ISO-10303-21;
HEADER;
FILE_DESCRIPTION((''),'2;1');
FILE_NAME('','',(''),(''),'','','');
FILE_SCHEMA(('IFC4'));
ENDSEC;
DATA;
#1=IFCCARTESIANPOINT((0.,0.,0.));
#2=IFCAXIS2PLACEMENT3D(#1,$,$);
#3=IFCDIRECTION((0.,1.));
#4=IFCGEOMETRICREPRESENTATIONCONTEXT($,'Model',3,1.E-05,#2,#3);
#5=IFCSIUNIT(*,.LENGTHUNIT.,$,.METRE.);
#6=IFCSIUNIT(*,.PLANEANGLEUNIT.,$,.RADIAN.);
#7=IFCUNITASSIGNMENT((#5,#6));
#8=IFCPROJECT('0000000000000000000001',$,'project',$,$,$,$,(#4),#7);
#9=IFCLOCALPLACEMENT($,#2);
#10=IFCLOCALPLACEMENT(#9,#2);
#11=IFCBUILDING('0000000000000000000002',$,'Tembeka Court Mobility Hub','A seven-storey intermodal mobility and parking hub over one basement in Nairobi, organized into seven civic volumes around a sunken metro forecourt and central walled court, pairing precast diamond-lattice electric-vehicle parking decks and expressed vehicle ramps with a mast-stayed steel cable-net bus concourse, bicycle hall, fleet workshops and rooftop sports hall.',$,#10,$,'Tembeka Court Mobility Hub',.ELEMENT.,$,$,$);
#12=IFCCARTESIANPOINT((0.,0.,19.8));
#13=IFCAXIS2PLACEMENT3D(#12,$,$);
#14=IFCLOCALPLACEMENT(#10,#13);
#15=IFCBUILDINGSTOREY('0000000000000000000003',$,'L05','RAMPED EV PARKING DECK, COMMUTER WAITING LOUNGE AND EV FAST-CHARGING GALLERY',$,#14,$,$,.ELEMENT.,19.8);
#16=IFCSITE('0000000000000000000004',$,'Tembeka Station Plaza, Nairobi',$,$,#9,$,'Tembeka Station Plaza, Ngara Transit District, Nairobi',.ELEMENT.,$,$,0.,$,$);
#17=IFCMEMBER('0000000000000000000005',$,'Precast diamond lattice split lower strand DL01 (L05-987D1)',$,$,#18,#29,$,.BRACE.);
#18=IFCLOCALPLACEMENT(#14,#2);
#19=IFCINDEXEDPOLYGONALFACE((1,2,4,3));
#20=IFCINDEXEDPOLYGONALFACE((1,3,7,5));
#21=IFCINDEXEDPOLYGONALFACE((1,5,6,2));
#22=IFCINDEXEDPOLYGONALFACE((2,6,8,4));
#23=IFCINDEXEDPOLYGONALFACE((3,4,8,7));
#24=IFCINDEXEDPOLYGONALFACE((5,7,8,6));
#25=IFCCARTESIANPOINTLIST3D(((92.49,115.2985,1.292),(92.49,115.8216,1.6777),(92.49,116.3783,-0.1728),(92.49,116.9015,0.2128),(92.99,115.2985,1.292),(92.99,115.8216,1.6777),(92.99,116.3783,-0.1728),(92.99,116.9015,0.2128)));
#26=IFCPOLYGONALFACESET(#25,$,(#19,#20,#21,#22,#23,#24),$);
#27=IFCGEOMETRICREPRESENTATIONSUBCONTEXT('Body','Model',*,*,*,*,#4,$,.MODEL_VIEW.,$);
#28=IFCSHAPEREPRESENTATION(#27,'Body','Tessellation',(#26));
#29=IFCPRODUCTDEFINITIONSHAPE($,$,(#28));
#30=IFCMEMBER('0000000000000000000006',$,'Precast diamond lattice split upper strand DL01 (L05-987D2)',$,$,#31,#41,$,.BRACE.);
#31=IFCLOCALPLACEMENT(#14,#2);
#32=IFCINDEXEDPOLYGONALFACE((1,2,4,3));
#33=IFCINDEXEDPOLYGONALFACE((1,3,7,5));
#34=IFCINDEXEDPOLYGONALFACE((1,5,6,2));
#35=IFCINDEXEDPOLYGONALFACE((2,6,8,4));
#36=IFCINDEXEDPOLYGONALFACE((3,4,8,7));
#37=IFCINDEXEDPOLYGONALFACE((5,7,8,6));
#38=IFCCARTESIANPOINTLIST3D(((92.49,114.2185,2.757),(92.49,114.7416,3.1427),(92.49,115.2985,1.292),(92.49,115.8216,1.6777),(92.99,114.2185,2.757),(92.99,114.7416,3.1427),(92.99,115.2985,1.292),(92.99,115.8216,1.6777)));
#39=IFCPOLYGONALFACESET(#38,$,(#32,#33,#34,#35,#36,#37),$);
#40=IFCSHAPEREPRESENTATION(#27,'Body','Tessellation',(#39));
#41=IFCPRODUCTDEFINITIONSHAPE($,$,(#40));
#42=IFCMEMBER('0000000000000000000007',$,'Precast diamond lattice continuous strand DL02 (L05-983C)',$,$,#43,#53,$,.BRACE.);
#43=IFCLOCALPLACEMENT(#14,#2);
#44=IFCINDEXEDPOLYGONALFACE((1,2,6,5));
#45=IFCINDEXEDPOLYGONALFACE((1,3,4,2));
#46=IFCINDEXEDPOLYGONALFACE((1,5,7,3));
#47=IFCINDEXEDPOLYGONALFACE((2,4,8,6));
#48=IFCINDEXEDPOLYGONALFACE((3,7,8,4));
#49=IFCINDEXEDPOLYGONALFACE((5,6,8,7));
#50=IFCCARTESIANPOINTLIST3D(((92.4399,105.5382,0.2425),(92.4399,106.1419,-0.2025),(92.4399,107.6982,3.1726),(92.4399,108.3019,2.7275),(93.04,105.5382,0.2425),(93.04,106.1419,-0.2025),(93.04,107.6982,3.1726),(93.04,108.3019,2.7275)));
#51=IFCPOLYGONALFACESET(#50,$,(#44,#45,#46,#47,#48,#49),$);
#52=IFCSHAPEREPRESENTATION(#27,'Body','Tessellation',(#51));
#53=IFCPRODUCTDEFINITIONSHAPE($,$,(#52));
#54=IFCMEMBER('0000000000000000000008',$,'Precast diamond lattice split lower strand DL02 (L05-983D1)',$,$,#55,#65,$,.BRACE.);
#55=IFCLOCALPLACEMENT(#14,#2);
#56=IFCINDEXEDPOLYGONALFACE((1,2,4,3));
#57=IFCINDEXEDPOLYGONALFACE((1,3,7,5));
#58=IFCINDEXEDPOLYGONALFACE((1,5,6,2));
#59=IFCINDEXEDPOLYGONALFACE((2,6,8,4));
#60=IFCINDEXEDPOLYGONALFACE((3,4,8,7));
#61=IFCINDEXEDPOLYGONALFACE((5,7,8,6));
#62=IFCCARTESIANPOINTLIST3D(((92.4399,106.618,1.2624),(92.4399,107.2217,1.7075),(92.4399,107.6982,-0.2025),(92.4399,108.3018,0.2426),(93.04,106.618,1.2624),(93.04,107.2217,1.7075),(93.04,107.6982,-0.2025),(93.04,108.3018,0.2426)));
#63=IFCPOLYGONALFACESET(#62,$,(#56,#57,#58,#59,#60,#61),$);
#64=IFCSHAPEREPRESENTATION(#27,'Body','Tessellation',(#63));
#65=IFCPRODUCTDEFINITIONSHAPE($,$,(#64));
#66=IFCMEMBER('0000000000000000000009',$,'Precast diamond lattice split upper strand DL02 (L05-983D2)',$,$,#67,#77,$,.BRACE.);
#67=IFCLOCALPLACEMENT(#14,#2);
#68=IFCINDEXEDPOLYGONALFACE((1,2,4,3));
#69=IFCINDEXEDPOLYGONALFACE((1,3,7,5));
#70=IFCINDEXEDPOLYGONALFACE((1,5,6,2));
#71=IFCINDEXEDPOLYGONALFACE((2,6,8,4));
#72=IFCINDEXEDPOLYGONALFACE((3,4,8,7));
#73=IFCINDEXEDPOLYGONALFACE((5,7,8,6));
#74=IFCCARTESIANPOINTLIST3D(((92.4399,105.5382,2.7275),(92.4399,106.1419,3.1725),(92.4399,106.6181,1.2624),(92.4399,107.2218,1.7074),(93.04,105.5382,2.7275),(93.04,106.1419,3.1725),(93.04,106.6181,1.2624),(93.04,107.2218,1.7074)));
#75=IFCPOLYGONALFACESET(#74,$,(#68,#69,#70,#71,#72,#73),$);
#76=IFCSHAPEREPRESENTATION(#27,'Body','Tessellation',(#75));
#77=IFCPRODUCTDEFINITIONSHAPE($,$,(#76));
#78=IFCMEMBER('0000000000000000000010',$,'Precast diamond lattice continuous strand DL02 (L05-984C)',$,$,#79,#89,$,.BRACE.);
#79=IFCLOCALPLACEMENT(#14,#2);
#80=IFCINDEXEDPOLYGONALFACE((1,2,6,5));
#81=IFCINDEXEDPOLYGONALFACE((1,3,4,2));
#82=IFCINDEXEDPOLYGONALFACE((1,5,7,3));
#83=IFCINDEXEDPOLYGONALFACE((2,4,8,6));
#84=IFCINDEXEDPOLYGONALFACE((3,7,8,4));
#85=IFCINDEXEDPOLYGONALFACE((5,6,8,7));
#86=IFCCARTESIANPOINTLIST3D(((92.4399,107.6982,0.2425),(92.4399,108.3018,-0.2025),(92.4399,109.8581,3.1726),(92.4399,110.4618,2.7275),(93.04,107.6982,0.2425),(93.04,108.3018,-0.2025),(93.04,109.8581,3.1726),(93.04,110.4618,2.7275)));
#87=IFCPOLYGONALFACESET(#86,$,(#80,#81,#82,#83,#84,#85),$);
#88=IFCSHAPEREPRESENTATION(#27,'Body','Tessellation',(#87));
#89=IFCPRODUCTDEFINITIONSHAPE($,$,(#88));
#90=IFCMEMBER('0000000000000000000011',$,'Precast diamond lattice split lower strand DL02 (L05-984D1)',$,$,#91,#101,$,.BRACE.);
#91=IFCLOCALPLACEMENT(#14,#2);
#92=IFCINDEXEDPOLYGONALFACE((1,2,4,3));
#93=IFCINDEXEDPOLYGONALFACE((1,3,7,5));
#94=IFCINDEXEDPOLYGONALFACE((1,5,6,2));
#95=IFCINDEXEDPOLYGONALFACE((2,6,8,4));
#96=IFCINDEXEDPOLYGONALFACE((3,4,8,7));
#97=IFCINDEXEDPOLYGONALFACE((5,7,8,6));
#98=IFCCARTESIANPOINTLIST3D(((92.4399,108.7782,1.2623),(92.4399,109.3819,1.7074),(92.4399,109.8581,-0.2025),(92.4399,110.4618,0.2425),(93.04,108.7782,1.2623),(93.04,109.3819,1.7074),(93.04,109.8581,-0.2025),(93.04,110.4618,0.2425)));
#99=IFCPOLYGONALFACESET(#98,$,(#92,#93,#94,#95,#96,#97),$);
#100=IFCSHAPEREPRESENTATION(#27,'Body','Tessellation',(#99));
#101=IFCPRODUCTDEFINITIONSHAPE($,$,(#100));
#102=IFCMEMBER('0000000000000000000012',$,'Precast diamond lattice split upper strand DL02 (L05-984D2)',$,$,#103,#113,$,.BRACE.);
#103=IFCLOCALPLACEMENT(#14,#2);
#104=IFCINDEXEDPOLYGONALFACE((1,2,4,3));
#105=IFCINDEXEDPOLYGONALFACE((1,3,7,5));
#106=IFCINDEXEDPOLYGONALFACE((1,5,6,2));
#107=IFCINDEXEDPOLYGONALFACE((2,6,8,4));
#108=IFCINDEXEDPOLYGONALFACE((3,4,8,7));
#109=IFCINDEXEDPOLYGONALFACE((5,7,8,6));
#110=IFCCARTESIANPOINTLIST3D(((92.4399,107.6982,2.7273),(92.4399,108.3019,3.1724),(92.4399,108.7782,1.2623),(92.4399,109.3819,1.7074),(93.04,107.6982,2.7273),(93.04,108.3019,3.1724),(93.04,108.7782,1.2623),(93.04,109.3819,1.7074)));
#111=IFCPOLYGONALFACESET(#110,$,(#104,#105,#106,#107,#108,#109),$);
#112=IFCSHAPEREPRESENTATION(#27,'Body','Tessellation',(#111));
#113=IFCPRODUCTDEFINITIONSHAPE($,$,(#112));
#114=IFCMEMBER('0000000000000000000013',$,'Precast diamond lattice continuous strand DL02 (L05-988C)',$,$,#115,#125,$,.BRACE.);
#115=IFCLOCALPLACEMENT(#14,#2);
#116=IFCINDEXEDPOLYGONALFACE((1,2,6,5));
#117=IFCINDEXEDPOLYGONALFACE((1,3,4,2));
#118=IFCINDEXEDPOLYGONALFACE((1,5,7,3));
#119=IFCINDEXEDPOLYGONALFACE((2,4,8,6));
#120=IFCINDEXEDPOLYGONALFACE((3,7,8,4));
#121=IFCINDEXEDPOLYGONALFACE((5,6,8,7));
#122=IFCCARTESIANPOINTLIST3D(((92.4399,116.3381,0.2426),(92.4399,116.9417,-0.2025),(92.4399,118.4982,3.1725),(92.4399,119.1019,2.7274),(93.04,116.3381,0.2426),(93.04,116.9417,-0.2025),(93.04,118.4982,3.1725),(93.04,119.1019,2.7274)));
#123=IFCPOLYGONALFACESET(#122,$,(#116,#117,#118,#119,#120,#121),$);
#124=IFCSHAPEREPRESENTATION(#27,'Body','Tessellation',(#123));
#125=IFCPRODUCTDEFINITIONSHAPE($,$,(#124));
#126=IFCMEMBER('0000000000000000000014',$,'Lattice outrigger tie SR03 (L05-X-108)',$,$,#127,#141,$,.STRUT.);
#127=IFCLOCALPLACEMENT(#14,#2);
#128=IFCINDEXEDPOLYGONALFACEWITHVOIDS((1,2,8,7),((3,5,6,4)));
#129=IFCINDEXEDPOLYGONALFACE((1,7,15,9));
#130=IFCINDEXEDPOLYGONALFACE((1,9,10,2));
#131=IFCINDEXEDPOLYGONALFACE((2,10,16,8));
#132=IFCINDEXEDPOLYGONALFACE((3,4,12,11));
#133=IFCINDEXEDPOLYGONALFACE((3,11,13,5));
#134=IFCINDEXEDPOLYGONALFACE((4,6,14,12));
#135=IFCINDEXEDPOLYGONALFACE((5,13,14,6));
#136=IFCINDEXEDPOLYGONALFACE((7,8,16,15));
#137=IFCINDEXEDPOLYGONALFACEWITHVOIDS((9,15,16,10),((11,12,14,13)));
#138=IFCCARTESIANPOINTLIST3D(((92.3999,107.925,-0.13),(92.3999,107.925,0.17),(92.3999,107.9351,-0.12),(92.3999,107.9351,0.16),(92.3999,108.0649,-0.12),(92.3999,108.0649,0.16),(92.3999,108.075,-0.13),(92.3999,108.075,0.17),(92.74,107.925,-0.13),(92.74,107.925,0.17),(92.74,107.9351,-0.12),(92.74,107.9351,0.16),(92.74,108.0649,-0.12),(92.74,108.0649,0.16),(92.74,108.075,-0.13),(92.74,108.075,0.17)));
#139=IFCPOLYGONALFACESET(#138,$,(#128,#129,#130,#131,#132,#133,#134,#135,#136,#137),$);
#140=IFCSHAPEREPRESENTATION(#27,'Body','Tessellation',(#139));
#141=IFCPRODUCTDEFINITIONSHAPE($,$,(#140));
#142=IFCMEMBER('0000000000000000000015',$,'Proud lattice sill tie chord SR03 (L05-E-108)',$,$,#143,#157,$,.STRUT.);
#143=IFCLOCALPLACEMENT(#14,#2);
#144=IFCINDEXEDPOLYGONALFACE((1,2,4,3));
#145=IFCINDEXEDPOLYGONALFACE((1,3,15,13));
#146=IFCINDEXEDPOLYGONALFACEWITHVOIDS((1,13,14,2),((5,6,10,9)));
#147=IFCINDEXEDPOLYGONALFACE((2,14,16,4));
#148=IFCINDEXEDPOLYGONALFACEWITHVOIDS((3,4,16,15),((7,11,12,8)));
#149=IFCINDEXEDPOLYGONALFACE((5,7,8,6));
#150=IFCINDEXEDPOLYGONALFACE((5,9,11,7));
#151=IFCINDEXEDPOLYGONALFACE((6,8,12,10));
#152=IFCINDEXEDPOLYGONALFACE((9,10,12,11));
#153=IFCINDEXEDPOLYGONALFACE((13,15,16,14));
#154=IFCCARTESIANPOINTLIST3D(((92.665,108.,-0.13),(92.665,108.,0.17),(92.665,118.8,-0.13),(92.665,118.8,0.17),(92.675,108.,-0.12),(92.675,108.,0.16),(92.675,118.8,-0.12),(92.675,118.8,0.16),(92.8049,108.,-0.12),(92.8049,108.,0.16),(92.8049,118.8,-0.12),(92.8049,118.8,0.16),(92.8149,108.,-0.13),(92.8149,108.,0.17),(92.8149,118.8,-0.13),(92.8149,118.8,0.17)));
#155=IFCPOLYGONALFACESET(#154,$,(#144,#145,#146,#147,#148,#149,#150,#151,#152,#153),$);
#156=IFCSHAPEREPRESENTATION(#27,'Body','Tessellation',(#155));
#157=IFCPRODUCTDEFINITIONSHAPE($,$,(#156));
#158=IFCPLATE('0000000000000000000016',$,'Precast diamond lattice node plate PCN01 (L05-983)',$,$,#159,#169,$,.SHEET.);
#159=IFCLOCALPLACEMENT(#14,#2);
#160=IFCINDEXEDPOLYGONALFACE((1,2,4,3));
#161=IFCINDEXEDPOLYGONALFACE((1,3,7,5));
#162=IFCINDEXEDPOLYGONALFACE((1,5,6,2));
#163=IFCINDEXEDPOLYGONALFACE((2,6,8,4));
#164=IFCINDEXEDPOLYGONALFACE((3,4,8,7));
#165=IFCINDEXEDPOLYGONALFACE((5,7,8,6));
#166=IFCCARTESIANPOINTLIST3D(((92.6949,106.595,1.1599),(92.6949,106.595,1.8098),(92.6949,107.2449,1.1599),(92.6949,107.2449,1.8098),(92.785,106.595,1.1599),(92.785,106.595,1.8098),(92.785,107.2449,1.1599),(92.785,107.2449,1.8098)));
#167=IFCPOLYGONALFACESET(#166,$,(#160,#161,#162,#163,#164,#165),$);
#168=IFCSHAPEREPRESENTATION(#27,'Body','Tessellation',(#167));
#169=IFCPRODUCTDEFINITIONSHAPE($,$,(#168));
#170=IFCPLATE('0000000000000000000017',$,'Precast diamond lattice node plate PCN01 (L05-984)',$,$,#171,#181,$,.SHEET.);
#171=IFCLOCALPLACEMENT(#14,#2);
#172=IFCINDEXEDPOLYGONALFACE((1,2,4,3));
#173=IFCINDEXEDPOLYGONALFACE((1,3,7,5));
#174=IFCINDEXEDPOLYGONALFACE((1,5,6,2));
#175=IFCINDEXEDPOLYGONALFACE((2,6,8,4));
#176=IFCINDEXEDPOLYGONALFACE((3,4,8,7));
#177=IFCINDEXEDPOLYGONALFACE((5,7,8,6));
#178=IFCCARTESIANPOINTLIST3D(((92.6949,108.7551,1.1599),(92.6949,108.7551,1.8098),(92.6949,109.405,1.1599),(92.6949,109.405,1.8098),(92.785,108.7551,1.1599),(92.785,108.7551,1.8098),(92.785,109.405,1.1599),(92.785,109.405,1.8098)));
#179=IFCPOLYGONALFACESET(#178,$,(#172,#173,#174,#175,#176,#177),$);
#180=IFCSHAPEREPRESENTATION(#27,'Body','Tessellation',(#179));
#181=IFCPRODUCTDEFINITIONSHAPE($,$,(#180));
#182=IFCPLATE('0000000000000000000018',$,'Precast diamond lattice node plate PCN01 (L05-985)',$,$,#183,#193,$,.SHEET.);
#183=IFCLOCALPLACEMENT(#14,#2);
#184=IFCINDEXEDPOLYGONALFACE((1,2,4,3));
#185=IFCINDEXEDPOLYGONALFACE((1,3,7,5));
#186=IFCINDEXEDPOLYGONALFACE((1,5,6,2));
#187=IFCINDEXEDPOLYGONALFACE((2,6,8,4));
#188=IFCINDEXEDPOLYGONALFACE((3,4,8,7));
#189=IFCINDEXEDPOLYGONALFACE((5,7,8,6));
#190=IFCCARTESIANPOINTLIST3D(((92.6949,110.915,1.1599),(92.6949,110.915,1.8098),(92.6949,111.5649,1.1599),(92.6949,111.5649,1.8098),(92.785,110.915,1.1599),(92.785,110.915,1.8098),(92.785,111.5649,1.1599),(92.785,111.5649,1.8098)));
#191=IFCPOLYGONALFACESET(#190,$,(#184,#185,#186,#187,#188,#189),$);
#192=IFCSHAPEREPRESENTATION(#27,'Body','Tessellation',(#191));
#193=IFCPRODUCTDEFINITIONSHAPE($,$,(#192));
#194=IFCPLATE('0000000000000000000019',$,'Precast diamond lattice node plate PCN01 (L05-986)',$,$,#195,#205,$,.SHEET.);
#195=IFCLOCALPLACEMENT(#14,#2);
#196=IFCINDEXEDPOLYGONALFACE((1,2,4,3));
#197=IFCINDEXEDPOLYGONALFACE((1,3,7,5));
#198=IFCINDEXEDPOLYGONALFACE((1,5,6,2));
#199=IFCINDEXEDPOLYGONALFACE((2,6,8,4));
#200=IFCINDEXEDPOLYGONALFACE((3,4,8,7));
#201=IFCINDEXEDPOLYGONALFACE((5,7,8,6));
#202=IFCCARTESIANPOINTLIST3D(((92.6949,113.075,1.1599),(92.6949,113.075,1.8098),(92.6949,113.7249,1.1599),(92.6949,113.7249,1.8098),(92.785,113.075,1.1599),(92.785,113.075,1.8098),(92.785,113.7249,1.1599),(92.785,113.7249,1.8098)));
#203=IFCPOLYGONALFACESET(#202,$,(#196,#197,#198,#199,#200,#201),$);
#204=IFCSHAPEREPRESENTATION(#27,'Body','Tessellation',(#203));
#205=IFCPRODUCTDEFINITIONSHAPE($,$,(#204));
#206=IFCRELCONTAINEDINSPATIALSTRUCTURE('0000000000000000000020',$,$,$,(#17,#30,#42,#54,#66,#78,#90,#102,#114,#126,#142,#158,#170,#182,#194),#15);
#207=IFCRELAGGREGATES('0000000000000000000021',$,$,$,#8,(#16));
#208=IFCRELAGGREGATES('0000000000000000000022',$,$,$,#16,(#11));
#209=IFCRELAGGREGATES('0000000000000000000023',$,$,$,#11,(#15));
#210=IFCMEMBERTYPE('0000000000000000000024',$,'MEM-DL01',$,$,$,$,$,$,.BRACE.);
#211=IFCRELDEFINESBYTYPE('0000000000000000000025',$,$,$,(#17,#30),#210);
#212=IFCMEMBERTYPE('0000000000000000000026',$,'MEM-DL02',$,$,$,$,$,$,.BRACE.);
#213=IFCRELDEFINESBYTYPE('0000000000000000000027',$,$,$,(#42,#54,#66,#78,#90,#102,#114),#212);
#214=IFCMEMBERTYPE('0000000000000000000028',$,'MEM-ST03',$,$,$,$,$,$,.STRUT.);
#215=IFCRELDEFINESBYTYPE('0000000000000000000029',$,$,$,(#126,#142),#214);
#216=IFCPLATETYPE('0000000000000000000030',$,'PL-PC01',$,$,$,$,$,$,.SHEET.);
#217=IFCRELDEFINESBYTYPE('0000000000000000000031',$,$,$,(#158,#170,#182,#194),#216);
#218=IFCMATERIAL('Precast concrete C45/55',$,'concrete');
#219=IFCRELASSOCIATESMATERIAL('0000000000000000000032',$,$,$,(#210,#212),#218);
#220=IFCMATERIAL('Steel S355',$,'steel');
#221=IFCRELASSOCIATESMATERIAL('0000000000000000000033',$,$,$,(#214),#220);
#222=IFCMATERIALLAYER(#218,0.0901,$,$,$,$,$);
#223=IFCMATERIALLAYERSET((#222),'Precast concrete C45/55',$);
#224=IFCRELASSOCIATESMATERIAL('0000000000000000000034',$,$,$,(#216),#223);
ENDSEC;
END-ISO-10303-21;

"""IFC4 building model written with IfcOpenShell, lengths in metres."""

from ifc_helpers import new_model, si_unit, direction, frame, origin, origin_2d, place, context, subcontext, project, spatial, rectangle, hollow_rectangle, extrude, material, layer, layer_set, material_profile, profile_set, type_object, element, save


model = new_model("IFC4")

# Units and contexts
model_context = context("Model", 3, precision=1e-05, world=origin(), true_north=direction((0.0, 1.0)))
body_context = subcontext(model_context, "Body", "Model", "MODEL_VIEW")
ifc_project = project(units=[si_unit("LENGTHUNIT", "METRE"), si_unit("PLANEANGLEUNIT", "RADIAN")], contexts=[model_context])

# Site, building, storey
site_placement = place(None, origin())
site = spatial("IfcSite", under=ifc_project, at=site_placement, Name="Tembeka Station Plaza, Nairobi", LongName="Tembeka Station Plaza, Ngara Transit District, Nairobi", CompositionType="ELEMENT", RefElevation=0.0)
building_placement = place(site_placement, origin())
building = spatial("IfcBuilding", under=site, at=building_placement, Name="Tembeka Court Mobility Hub", Description="A seven-storey intermodal mobility and parking hub over one basement in Nairobi, organized into seven civic volumes around a sunken metro forecourt and central walled court, pairing precast diamond-lattice electric-vehicle parking decks and expressed vehicle ramps with a mast-stayed steel cable-net bus concourse, bicycle hall, fleet workshops and rooftop sports hall.", LongName="Tembeka Court Mobility Hub", CompositionType="ELEMENT")
storey_placement = place(building_placement, frame((0.0, 0.0, 19.8)))
storey = spatial("IfcBuildingStorey", under=building, at=storey_placement, Name="L05", Description="RAMPED EV PARKING DECK, COMMUTER WAITING LOUNGE AND EV FAST-CHARGING GALLERY", CompositionType="ELEMENT", Elevation=19.8)

# Shared definitions
ifc_material_1 = material(Name="Steel S355", Category="steel")

# Members
ifc_material_2 = material(Name="Precast concrete C45/55", Category="concrete")
ifc_material_profile_1 = material_profile(ifc_material_2, rectangle(XDim=0.5, YDim=0.6499, at=origin_2d()), Name="PC-DIAG 500x650")
ifc_profile_set_1 = profile_set([ifc_material_profile_1], Name="Precast concrete C45/55")
member_type_1 = type_object("IfcMemberType", Name="MEM-DL01", PredefinedType="BRACE", material=ifc_profile_set_1)
member_1_placement = place(storey_placement, frame((92.74, 116.6399, 0.02), z_axis=(0.0, -0.593368, 0.804931), x_axis=(1.0, 0.0, 0.0)))
element("IfcMember", 1, at=member_1_placement, inside=storey, type_object=member_type_1, Name="Precast diamond lattice split lower strand DL01 (L05-987D1)", PredefinedType="BRACE", context=body_context, shape_type="SweptSolid", body=[
    extrude(rectangle(XDim=0.5, YDim=0.6499, at=origin_2d()), origin(), (0.0, 0.0, 1.0), 1.8198),
])
member_2_placement = place(storey_placement, frame((92.74, 115.5601, 1.4849), z_axis=(0.0, -0.593391, 0.804914), x_axis=(1.0, 0.0, 0.0)))
element("IfcMember", 2, at=member_2_placement, inside=storey, type_object=member_type_1, Name="Precast diamond lattice split upper strand DL01 (L05-987D2)", PredefinedType="BRACE", context=body_context, shape_type="SweptSolid", body=[
    extrude(rectangle(XDim=0.5, YDim=0.6499, at=origin_2d()), origin(), (0.0, 0.0, 1.0), 1.8201),
])
ifc_material_profile_2 = material_profile(ifc_material_2, rectangle(XDim=0.6001, YDim=0.75, at=origin_2d()), Name="PC-DIAG 600x750")
ifc_profile_set_2 = profile_set([ifc_material_profile_2], Name="Precast concrete C45/55")
member_type_2 = type_object("IfcMemberType", Name="MEM-DL02", PredefinedType="BRACE", material=ifc_profile_set_2)
member_3_placement = place(storey_placement, frame((92.74, 105.8401, 0.02), z_axis=(0.0, 0.59338, 0.804923), x_axis=(-1.0, 0.0, 0.0)))
element("IfcMember", 3, at=member_3_placement, inside=storey, type_object=member_type_2, Name="Precast diamond lattice continuous strand DL02 (L05-983C)", PredefinedType="BRACE", context=body_context, shape_type="SweptSolid", body=[
    extrude(rectangle(XDim=0.6001, YDim=0.75, at=origin_2d()), origin(), (0.0, 0.0, 1.0), 3.6401),
])
for number, where, z_axis, x_axis, name in (
    (4, (92.74, 108.0, 0.02), (0.0, -0.593455, 0.804867), (1.0, 0.0, 0.0), "Precast diamond lattice split lower strand DL02 (L05-983D1)"),
    (5, (92.74, 106.9199, 1.4849), (0.0, -0.593304, 0.804978), (1.0, 0.0, 0.0), "Precast diamond lattice split upper strand DL02 (L05-983D2)"),
):
    element("IfcMember", number, at=place(storey_placement, frame(where, z_axis=z_axis, x_axis=x_axis)), inside=storey, type_object=member_type_2, Name=name, PredefinedType="BRACE", context=body_context, shape_type="SweptSolid", body=[
        extrude(rectangle(XDim=0.6001, YDim=0.75, at=origin_2d()), origin(), (0.0, 0.0, 1.0), 1.8201),
    ])
member_4_placement = place(storey_placement, frame((92.74, 108.0, 0.02), z_axis=(0.0, 0.59338, 0.804923), x_axis=(-1.0, 0.0, 0.0)))
element("IfcMember", 6, at=member_4_placement, inside=storey, type_object=member_type_2, Name="Precast diamond lattice continuous strand DL02 (L05-984C)", PredefinedType="BRACE", context=body_context, shape_type="SweptSolid", body=[
    extrude(rectangle(XDim=0.6001, YDim=0.75, at=origin_2d()), origin(), (0.0, 0.0, 1.0), 3.6401),
])
member_5_placement = place(storey_placement, frame((92.74, 110.1599, 0.02), z_axis=(0.0, -0.593368, 0.804931), x_axis=(1.0, 0.0, 0.0)))
element("IfcMember", 7, at=member_5_placement, inside=storey, type_object=member_type_2, Name="Precast diamond lattice split lower strand DL02 (L05-984D1)", PredefinedType="BRACE", context=body_context, shape_type="SweptSolid", body=[
    extrude(rectangle(XDim=0.6001, YDim=0.75, at=origin_2d()), origin(), (0.0, 0.0, 1.0), 1.8198),
])
member_6_placement = place(storey_placement, frame((92.74, 109.0801, 1.4849), z_axis=(0.0, -0.593391, 0.804914), x_axis=(1.0, 0.0, 0.0)))
element("IfcMember", 8, at=member_6_placement, inside=storey, type_object=member_type_2, Name="Precast diamond lattice split upper strand DL02 (L05-984D2)", PredefinedType="BRACE", context=body_context, shape_type="SweptSolid", body=[
    extrude(rectangle(XDim=0.6001, YDim=0.75, at=origin_2d()), origin(), (0.0, 0.0, 1.0), 1.8201),
])
member_7_placement = place(storey_placement, frame((92.74, 116.6399, 0.02), z_axis=(0.0, 0.593423, 0.804891), x_axis=(-1.0, 0.0, 0.0)))
element("IfcMember", 9, at=member_7_placement, inside=storey, type_object=member_type_2, Name="Precast diamond lattice continuous strand DL02 (L05-988C)", PredefinedType="BRACE", context=body_context, shape_type="SweptSolid", body=[
    extrude(rectangle(XDim=0.6001, YDim=0.75, at=origin_2d()), origin(), (0.0, 0.0, 1.0), 3.6401),
])
ifc_material_profile_3 = material_profile(ifc_material_1, hollow_rectangle(XDim=0.1499, YDim=0.3, WallThickness=0.01, at=origin_2d()), Name="RHS 300x150x10")
ifc_profile_set_3 = profile_set([ifc_material_profile_3], Name="Steel S355")
member_type_3 = type_object("IfcMemberType", Name="MEM-ST03", PredefinedType="STRUT", material=ifc_profile_set_3)
member_8_placement = place(storey_placement, frame((92.3999, 108.0, 0.02), z_axis=(1.0, 0.0, 0.0), x_axis=(0.0, 1.0, 0.0)))
element("IfcMember", 10, at=member_8_placement, inside=storey, type_object=member_type_3, Name="Lattice outrigger tie SR03 (L05-X-108)", PredefinedType="STRUT", context=body_context, shape_type="SweptSolid", body=[
    extrude(hollow_rectangle(XDim=0.1499, YDim=0.3, WallThickness=0.01, at=origin_2d()), origin(), (0.0, 0.0, 1.0), 0.3401),
])
member_9_placement = place(storey_placement, frame((92.74, 108.0, 0.02), z_axis=(0.0, 1.0, 0.0), x_axis=(-1.0, 0.0, 0.0)))
element("IfcMember", 11, at=member_9_placement, inside=storey, type_object=member_type_3, Name="Proud lattice sill tie chord SR03 (L05-E-108)", PredefinedType="STRUT", context=body_context, shape_type="SweptSolid", body=[
    extrude(hollow_rectangle(XDim=0.1499, YDim=0.3, WallThickness=0.01, at=origin_2d()), origin(), (0.0, 0.0, 1.0), 10.8),
])

# Plates
ifc_layer = layer(ifc_material_2, 0.0901)
ifc_layer_set = layer_set([ifc_layer], Name="Precast concrete C45/55")
plate_type = type_object("IfcPlateType", Name="PL-PC01", PredefinedType="SHEET", material=ifc_layer_set)
for number, where, z_axis, x_axis, name in (
    (12, (92.74, 106.9199, 1.1599), (0.0, 0.0, 1.0), (1.0, 0.0, 0.0), "Precast diamond lattice node plate PCN01 (L05-983)"),
    (13, (92.74, 109.0801, 1.1599), (0.0, 0.0, 1.0), (1.0, 0.0, 0.0), "Precast diamond lattice node plate PCN01 (L05-984)"),
    (14, (92.74, 111.24, 1.1599), (0.0, 0.0, 1.0), (1.0, 0.0, 0.0), "Precast diamond lattice node plate PCN01 (L05-985)"),
    (15, (92.74, 113.3999, 1.1599), (0.0, 0.0, 1.0), (1.0, 0.0, 0.0), "Precast diamond lattice node plate PCN01 (L05-986)"),
):
    element("IfcPlate", number, at=place(storey_placement, frame(where, z_axis=z_axis, x_axis=x_axis)), inside=storey, type_object=plate_type, Name=name, PredefinedType="SHEET", context=body_context, shape_type="SweptSolid", body=[
        extrude(rectangle(XDim=0.0901, YDim=0.6499, at=origin_2d()), origin(), (0.0, 0.0, 1.0), 0.6499),
    ])

save(model, "model.ifc")
